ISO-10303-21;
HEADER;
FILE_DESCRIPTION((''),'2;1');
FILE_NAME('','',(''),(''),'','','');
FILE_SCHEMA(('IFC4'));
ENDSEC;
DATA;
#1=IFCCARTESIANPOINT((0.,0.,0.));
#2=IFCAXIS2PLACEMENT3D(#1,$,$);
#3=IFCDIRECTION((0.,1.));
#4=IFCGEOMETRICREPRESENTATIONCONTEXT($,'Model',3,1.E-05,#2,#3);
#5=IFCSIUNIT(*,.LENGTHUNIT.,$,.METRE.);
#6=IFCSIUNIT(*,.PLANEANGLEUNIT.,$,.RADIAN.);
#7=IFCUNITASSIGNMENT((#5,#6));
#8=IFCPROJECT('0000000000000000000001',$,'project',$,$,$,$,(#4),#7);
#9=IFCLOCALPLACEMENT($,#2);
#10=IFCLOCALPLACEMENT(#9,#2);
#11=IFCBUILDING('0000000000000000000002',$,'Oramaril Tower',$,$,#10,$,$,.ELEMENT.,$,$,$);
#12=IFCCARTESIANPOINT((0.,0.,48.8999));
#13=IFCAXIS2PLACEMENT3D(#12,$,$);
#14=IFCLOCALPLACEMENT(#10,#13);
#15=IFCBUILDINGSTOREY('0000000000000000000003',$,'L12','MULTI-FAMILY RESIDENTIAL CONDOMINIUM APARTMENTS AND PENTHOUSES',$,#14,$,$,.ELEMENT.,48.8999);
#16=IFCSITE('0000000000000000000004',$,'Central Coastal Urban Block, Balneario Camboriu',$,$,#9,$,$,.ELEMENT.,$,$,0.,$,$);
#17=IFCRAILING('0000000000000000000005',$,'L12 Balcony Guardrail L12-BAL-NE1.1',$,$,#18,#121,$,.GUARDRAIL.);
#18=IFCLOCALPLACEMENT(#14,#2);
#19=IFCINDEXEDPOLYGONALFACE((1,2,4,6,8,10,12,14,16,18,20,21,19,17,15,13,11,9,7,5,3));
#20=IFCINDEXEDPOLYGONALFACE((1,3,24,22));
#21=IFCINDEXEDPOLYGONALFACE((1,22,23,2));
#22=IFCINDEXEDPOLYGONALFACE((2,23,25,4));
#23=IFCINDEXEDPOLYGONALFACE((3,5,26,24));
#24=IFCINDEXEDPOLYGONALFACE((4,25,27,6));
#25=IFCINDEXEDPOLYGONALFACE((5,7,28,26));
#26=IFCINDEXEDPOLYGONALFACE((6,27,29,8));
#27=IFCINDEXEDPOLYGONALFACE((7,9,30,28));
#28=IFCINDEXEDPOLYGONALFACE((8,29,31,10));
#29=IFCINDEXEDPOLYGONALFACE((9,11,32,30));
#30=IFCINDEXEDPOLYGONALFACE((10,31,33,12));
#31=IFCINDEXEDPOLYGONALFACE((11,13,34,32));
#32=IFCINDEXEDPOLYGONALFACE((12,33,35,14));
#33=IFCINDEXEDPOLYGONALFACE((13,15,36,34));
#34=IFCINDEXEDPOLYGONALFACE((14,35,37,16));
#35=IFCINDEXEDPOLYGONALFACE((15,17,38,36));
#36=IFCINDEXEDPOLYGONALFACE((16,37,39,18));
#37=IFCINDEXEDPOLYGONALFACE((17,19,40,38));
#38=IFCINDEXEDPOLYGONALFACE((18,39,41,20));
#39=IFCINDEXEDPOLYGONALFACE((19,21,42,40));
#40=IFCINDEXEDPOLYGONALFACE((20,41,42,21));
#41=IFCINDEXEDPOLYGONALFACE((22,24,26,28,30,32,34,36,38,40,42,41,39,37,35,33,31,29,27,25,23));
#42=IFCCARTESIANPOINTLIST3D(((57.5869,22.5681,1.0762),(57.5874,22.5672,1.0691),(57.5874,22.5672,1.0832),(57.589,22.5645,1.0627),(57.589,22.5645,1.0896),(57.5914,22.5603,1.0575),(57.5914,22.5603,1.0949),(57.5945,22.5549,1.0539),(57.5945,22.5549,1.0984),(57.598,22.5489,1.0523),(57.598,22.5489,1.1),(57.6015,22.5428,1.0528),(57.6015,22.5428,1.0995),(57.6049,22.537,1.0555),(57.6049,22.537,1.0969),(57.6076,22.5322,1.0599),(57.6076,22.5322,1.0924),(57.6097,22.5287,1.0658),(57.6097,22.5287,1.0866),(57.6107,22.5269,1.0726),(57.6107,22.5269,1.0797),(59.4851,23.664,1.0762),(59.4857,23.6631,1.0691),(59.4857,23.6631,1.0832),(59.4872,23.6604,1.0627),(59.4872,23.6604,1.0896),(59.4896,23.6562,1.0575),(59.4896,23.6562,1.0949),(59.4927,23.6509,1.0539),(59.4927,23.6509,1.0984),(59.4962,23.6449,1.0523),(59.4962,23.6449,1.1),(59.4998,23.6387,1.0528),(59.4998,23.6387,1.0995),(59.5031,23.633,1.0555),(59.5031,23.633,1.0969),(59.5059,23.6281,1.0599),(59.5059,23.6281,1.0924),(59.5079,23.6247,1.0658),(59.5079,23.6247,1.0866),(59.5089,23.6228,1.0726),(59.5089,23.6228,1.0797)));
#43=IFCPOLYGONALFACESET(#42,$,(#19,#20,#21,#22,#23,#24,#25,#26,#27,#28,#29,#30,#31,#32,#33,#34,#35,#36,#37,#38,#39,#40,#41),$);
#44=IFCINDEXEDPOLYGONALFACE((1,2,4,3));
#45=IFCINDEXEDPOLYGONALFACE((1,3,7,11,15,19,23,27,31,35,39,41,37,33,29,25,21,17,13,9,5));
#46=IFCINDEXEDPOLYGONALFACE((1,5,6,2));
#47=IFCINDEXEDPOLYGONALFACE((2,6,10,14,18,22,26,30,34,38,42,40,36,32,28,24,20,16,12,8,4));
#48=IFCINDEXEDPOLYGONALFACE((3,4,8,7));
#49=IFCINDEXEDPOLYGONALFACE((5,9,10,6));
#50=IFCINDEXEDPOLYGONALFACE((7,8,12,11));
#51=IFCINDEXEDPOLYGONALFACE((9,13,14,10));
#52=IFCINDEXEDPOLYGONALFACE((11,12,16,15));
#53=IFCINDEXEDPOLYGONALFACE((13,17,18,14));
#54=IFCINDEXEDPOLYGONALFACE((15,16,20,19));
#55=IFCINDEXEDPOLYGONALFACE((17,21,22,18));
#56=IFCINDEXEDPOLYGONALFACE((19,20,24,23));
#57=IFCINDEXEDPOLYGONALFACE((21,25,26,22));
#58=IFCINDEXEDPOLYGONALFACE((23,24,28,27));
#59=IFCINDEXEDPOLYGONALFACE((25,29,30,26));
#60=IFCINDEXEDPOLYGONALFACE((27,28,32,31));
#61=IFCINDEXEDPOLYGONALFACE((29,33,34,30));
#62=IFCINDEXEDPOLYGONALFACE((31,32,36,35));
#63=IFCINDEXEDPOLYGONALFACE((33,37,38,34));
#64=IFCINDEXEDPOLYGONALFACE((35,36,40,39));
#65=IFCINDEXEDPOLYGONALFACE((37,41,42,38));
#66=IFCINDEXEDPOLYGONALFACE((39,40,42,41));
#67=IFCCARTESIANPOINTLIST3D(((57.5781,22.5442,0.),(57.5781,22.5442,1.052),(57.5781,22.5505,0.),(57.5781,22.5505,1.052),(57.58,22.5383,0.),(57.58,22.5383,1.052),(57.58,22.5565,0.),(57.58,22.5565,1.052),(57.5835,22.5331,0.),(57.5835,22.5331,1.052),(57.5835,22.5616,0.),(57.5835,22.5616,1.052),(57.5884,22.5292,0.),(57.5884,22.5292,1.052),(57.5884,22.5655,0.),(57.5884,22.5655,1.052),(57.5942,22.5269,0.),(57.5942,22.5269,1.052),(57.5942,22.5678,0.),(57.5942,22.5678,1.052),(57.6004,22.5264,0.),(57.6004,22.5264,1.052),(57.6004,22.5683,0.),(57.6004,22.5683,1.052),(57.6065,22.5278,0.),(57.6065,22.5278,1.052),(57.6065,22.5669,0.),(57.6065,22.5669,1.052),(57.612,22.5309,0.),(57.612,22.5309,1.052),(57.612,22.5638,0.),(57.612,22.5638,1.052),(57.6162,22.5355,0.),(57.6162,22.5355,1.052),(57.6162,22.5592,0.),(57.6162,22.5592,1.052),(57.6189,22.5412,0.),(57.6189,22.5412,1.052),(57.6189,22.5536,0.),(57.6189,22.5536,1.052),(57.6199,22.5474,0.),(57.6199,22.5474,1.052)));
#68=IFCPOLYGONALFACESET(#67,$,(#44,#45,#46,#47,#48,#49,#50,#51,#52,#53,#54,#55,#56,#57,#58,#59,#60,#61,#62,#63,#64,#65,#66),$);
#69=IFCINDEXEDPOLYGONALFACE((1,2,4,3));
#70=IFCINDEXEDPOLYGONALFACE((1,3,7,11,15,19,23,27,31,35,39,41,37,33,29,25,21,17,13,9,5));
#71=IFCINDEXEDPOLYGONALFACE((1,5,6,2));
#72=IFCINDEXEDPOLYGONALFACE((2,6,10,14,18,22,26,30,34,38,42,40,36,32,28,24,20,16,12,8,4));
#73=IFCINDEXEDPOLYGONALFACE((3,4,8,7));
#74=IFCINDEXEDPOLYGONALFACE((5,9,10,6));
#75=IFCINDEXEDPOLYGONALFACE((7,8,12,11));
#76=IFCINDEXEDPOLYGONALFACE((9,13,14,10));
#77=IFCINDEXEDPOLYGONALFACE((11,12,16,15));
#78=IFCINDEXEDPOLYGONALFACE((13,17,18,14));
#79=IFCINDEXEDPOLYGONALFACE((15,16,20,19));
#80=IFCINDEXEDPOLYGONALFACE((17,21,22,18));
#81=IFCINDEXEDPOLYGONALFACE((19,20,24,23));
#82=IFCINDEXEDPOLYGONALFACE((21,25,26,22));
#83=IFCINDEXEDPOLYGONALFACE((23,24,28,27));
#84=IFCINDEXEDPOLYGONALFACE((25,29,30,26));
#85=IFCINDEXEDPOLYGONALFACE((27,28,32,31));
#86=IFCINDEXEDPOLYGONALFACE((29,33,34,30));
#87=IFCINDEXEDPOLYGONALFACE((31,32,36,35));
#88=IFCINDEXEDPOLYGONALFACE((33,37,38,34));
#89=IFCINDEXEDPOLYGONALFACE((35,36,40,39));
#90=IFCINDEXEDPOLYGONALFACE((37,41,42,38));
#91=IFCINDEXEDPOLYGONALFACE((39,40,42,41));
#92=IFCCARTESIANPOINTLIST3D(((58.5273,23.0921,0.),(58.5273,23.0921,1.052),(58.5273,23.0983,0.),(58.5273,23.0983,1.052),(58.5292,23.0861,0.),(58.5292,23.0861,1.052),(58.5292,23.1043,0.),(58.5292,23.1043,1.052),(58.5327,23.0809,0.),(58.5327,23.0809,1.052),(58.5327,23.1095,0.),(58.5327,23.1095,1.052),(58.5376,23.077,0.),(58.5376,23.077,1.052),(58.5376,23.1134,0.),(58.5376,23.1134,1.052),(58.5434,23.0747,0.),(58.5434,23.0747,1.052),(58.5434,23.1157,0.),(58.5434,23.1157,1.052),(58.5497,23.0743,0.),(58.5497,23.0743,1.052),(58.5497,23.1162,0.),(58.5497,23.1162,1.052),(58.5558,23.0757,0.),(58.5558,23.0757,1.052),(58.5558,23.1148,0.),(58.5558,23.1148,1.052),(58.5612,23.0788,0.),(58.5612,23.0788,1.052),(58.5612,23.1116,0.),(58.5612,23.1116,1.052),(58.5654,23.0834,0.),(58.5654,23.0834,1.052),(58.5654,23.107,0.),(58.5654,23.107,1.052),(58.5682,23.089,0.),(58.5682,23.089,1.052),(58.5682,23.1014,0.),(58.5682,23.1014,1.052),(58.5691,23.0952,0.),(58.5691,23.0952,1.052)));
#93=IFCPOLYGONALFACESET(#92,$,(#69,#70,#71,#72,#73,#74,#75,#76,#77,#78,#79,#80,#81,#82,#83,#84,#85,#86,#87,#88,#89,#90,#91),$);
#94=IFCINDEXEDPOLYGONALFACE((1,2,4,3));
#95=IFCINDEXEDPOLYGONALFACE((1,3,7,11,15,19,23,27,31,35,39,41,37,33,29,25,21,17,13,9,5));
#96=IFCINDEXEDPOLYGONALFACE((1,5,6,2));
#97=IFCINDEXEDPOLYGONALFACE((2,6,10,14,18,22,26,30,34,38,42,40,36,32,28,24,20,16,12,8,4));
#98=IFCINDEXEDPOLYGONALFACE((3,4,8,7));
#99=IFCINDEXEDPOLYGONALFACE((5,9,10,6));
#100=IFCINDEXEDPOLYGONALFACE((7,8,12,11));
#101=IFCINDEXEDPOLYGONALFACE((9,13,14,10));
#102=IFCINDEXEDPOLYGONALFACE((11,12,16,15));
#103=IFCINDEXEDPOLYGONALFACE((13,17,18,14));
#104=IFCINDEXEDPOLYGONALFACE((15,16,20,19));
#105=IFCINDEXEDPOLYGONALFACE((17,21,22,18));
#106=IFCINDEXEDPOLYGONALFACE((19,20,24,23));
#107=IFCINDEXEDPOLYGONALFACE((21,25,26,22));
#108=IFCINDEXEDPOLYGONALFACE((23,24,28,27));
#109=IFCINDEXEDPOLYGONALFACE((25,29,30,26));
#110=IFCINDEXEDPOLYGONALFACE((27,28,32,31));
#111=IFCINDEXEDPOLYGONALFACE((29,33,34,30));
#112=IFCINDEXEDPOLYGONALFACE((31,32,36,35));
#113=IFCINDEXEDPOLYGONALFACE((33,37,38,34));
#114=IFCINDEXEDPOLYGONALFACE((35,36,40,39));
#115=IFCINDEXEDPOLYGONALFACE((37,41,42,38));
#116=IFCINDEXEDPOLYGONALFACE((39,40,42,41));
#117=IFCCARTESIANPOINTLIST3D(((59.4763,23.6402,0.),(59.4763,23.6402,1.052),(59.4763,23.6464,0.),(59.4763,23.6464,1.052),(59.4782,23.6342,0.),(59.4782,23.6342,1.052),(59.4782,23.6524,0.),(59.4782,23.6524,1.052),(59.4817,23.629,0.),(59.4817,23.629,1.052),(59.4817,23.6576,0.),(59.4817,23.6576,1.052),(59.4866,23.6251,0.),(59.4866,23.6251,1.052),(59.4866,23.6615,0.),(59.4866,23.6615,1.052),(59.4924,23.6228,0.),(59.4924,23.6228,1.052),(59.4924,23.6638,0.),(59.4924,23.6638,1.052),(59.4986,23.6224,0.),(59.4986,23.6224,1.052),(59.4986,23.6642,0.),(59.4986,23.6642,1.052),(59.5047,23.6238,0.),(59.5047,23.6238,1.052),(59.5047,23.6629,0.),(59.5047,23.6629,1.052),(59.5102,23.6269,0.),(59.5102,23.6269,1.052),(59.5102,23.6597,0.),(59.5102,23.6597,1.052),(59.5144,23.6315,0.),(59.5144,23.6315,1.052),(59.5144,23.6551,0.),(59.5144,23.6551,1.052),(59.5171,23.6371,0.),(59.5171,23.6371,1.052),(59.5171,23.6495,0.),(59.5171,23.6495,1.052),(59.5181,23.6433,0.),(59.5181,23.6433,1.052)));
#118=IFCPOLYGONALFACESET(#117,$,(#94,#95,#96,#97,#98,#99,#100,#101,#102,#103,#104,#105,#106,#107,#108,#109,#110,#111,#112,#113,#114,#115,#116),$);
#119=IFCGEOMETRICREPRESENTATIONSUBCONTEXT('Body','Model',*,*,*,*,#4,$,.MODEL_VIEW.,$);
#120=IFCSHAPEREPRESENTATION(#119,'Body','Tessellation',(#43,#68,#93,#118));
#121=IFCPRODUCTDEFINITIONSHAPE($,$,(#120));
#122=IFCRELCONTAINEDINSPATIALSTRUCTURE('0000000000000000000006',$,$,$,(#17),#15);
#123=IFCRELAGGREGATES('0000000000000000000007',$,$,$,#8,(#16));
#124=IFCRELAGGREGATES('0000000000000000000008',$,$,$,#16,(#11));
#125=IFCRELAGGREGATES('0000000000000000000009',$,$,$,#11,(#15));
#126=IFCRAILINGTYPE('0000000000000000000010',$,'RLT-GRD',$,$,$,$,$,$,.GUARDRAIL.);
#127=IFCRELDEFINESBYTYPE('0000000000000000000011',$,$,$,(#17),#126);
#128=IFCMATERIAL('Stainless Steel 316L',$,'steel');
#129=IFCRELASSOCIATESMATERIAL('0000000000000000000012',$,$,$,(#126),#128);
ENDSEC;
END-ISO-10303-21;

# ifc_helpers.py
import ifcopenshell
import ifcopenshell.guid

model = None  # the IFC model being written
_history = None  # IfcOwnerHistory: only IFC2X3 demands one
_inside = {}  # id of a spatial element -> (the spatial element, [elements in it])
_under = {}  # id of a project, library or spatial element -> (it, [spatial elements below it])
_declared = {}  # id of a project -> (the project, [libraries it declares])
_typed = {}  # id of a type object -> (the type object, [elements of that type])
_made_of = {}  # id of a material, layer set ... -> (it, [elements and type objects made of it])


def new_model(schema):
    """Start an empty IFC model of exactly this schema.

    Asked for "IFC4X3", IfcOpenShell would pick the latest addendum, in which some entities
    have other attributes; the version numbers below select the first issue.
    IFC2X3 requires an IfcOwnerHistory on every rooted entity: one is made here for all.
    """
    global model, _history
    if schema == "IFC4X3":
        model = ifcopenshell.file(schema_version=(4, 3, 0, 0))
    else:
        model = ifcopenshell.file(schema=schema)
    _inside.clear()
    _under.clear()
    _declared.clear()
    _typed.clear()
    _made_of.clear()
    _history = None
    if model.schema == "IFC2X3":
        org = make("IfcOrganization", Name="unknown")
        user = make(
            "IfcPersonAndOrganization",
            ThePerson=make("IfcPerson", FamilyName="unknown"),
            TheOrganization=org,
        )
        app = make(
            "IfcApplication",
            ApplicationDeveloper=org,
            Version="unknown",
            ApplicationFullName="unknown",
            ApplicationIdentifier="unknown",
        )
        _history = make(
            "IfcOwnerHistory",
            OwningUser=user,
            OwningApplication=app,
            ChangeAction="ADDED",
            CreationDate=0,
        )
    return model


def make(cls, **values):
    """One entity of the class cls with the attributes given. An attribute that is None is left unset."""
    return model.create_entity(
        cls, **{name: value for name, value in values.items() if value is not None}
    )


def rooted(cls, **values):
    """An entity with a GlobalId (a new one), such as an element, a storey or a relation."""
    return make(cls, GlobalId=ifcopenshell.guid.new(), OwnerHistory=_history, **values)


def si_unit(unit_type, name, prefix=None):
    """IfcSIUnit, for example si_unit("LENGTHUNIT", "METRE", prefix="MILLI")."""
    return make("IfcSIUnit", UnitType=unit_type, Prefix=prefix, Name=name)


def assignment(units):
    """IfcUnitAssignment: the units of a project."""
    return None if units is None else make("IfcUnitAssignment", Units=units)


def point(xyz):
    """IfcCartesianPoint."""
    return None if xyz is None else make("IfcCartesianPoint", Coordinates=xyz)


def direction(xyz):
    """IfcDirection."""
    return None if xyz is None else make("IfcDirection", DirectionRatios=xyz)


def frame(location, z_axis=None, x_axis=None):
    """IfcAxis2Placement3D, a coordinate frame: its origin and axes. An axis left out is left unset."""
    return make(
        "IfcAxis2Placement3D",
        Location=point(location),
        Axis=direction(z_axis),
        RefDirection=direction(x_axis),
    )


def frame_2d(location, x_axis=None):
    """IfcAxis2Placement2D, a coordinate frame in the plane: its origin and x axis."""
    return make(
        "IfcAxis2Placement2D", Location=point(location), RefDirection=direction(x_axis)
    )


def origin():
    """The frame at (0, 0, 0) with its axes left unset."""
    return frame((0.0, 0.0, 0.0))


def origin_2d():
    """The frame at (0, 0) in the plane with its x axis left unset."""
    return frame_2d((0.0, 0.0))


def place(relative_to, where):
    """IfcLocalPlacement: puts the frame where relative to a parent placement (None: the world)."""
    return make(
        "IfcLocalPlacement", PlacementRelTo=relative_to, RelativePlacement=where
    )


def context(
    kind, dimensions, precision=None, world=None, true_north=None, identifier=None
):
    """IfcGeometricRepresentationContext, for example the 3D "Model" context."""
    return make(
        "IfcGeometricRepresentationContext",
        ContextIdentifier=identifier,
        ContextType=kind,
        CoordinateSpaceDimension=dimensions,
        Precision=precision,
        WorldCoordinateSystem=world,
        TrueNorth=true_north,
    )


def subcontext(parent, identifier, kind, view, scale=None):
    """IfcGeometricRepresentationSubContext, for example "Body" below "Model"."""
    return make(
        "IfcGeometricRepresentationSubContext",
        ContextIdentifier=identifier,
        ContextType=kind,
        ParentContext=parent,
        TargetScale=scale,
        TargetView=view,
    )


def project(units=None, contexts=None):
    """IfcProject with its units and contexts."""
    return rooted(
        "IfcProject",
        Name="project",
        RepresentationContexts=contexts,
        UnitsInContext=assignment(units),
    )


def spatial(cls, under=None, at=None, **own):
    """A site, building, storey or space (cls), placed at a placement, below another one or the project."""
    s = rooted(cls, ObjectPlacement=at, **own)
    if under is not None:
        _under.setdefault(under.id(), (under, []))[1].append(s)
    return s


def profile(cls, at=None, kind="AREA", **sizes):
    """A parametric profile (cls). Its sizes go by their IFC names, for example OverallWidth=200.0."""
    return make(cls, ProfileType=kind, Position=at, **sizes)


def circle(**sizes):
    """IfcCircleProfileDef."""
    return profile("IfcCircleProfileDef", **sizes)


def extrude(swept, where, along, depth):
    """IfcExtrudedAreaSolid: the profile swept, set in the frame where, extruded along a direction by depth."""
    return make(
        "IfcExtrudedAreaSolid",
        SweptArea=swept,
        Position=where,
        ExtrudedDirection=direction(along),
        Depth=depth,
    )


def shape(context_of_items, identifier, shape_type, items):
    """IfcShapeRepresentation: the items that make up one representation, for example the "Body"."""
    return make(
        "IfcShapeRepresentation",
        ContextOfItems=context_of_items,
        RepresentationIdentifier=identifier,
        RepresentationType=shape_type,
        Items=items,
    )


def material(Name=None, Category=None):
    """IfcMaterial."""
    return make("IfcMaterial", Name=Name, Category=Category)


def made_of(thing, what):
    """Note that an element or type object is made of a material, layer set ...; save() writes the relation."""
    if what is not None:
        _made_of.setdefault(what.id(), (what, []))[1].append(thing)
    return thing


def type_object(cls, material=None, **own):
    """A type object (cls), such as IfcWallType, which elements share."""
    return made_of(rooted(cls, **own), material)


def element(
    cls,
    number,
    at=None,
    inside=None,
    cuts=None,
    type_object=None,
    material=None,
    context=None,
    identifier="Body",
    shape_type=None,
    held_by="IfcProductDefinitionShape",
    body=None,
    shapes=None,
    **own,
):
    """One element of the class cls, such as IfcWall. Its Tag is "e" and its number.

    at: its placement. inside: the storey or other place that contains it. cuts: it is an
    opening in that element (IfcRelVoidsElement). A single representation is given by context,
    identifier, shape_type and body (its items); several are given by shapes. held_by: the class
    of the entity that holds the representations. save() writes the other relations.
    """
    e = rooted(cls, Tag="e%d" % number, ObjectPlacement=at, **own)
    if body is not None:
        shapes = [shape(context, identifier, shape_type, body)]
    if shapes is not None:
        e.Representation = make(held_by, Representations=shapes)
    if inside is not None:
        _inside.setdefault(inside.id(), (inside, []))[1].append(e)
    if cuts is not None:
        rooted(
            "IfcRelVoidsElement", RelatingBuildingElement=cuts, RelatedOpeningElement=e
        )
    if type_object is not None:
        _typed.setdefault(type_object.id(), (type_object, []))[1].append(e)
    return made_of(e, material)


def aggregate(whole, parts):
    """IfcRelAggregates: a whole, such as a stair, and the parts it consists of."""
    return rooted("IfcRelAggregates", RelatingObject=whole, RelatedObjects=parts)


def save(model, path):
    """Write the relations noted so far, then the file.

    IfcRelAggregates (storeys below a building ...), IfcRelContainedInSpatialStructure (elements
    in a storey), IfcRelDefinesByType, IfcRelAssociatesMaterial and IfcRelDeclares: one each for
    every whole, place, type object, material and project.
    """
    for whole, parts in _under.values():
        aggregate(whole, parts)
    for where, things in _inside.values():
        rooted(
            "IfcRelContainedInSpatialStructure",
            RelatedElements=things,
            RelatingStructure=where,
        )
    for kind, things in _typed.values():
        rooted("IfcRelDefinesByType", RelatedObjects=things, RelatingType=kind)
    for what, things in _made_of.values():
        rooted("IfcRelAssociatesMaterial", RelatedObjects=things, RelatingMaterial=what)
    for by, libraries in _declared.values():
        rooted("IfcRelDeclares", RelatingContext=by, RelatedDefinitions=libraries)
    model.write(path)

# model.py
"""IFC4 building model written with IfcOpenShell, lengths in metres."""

from ifc_helpers import new_model, si_unit, direction, frame, origin, origin_2d, place, context, subcontext, project, spatial, circle, extrude, material, type_object, element, save


model = new_model("IFC4")

# Units and contexts
model_context = context("Model", 3, precision=1e-05, world=origin(), true_north=direction((0.0, 1.0)))
body_context = subcontext(model_context, "Body", "Model", "MODEL_VIEW")
ifc_project = project(units=[si_unit("LENGTHUNIT", "METRE"), si_unit("PLANEANGLEUNIT", "RADIAN")], contexts=[model_context])

# Site, building, storey
site_placement = place(None, origin())
site = spatial("IfcSite", under=ifc_project, at=site_placement, Name="Central Coastal Urban Block, Balneario Camboriu", CompositionType="ELEMENT", RefElevation=0.0)
building_placement = place(site_placement, origin())
building = spatial("IfcBuilding", under=site, at=building_placement, Name="Oramaril Tower", CompositionType="ELEMENT")
storey_placement = place(building_placement, frame((0.0, 0.0, 48.8999)))
storey = spatial("IfcBuildingStorey", under=building, at=storey_placement, Name="L12", Description="MULTI-FAMILY RESIDENTIAL CONDOMINIUM APARTMENTS AND PENTHOUSES", CompositionType="ELEMENT", Elevation=48.8999)

# Railing
ifc_material_1 = material(Name="Stainless Steel 316L", Category="steel")
railing_type = type_object("IfcRailingType", Name="RLT-GRD", PredefinedType="GUARDRAIL", material=ifc_material_1)
railing_1_placement = place(storey_placement, frame((57.5989, 22.5474, 0.0)))
element("IfcRailing", 1, at=railing_1_placement, inside=storey, type_object=railing_type, Name="L12 Balcony Guardrail L12-BAL-NE1.1", PredefinedType="GUARDRAIL", context=body_context, shape_type="SweptSolid", body=[
    extrude(circle(Radius=0.0239, at=origin_2d()), frame((0.0, 0.0, 1.0762), z_axis=(0.866021, 0.500008, 0.0), x_axis=(-0.500008, 0.866021, 0.0)), (0.0, 0.0, 1.0), 2.1919),
    extrude(circle(Radius=0.021, at=origin_2d()), origin(), (0.0, 0.0, 1.0), 1.052),
    extrude(circle(Radius=0.021, at=origin_2d()), frame((0.9492, 0.5479, 0.0)), (0.0, 0.0, 1.0), 1.052),
    extrude(circle(Radius=0.021, at=origin_2d()), frame((1.8982, 1.0959, 0.0)), (0.0, 0.0, 1.0), 1.052),
])

save(model, "model.ifc")
